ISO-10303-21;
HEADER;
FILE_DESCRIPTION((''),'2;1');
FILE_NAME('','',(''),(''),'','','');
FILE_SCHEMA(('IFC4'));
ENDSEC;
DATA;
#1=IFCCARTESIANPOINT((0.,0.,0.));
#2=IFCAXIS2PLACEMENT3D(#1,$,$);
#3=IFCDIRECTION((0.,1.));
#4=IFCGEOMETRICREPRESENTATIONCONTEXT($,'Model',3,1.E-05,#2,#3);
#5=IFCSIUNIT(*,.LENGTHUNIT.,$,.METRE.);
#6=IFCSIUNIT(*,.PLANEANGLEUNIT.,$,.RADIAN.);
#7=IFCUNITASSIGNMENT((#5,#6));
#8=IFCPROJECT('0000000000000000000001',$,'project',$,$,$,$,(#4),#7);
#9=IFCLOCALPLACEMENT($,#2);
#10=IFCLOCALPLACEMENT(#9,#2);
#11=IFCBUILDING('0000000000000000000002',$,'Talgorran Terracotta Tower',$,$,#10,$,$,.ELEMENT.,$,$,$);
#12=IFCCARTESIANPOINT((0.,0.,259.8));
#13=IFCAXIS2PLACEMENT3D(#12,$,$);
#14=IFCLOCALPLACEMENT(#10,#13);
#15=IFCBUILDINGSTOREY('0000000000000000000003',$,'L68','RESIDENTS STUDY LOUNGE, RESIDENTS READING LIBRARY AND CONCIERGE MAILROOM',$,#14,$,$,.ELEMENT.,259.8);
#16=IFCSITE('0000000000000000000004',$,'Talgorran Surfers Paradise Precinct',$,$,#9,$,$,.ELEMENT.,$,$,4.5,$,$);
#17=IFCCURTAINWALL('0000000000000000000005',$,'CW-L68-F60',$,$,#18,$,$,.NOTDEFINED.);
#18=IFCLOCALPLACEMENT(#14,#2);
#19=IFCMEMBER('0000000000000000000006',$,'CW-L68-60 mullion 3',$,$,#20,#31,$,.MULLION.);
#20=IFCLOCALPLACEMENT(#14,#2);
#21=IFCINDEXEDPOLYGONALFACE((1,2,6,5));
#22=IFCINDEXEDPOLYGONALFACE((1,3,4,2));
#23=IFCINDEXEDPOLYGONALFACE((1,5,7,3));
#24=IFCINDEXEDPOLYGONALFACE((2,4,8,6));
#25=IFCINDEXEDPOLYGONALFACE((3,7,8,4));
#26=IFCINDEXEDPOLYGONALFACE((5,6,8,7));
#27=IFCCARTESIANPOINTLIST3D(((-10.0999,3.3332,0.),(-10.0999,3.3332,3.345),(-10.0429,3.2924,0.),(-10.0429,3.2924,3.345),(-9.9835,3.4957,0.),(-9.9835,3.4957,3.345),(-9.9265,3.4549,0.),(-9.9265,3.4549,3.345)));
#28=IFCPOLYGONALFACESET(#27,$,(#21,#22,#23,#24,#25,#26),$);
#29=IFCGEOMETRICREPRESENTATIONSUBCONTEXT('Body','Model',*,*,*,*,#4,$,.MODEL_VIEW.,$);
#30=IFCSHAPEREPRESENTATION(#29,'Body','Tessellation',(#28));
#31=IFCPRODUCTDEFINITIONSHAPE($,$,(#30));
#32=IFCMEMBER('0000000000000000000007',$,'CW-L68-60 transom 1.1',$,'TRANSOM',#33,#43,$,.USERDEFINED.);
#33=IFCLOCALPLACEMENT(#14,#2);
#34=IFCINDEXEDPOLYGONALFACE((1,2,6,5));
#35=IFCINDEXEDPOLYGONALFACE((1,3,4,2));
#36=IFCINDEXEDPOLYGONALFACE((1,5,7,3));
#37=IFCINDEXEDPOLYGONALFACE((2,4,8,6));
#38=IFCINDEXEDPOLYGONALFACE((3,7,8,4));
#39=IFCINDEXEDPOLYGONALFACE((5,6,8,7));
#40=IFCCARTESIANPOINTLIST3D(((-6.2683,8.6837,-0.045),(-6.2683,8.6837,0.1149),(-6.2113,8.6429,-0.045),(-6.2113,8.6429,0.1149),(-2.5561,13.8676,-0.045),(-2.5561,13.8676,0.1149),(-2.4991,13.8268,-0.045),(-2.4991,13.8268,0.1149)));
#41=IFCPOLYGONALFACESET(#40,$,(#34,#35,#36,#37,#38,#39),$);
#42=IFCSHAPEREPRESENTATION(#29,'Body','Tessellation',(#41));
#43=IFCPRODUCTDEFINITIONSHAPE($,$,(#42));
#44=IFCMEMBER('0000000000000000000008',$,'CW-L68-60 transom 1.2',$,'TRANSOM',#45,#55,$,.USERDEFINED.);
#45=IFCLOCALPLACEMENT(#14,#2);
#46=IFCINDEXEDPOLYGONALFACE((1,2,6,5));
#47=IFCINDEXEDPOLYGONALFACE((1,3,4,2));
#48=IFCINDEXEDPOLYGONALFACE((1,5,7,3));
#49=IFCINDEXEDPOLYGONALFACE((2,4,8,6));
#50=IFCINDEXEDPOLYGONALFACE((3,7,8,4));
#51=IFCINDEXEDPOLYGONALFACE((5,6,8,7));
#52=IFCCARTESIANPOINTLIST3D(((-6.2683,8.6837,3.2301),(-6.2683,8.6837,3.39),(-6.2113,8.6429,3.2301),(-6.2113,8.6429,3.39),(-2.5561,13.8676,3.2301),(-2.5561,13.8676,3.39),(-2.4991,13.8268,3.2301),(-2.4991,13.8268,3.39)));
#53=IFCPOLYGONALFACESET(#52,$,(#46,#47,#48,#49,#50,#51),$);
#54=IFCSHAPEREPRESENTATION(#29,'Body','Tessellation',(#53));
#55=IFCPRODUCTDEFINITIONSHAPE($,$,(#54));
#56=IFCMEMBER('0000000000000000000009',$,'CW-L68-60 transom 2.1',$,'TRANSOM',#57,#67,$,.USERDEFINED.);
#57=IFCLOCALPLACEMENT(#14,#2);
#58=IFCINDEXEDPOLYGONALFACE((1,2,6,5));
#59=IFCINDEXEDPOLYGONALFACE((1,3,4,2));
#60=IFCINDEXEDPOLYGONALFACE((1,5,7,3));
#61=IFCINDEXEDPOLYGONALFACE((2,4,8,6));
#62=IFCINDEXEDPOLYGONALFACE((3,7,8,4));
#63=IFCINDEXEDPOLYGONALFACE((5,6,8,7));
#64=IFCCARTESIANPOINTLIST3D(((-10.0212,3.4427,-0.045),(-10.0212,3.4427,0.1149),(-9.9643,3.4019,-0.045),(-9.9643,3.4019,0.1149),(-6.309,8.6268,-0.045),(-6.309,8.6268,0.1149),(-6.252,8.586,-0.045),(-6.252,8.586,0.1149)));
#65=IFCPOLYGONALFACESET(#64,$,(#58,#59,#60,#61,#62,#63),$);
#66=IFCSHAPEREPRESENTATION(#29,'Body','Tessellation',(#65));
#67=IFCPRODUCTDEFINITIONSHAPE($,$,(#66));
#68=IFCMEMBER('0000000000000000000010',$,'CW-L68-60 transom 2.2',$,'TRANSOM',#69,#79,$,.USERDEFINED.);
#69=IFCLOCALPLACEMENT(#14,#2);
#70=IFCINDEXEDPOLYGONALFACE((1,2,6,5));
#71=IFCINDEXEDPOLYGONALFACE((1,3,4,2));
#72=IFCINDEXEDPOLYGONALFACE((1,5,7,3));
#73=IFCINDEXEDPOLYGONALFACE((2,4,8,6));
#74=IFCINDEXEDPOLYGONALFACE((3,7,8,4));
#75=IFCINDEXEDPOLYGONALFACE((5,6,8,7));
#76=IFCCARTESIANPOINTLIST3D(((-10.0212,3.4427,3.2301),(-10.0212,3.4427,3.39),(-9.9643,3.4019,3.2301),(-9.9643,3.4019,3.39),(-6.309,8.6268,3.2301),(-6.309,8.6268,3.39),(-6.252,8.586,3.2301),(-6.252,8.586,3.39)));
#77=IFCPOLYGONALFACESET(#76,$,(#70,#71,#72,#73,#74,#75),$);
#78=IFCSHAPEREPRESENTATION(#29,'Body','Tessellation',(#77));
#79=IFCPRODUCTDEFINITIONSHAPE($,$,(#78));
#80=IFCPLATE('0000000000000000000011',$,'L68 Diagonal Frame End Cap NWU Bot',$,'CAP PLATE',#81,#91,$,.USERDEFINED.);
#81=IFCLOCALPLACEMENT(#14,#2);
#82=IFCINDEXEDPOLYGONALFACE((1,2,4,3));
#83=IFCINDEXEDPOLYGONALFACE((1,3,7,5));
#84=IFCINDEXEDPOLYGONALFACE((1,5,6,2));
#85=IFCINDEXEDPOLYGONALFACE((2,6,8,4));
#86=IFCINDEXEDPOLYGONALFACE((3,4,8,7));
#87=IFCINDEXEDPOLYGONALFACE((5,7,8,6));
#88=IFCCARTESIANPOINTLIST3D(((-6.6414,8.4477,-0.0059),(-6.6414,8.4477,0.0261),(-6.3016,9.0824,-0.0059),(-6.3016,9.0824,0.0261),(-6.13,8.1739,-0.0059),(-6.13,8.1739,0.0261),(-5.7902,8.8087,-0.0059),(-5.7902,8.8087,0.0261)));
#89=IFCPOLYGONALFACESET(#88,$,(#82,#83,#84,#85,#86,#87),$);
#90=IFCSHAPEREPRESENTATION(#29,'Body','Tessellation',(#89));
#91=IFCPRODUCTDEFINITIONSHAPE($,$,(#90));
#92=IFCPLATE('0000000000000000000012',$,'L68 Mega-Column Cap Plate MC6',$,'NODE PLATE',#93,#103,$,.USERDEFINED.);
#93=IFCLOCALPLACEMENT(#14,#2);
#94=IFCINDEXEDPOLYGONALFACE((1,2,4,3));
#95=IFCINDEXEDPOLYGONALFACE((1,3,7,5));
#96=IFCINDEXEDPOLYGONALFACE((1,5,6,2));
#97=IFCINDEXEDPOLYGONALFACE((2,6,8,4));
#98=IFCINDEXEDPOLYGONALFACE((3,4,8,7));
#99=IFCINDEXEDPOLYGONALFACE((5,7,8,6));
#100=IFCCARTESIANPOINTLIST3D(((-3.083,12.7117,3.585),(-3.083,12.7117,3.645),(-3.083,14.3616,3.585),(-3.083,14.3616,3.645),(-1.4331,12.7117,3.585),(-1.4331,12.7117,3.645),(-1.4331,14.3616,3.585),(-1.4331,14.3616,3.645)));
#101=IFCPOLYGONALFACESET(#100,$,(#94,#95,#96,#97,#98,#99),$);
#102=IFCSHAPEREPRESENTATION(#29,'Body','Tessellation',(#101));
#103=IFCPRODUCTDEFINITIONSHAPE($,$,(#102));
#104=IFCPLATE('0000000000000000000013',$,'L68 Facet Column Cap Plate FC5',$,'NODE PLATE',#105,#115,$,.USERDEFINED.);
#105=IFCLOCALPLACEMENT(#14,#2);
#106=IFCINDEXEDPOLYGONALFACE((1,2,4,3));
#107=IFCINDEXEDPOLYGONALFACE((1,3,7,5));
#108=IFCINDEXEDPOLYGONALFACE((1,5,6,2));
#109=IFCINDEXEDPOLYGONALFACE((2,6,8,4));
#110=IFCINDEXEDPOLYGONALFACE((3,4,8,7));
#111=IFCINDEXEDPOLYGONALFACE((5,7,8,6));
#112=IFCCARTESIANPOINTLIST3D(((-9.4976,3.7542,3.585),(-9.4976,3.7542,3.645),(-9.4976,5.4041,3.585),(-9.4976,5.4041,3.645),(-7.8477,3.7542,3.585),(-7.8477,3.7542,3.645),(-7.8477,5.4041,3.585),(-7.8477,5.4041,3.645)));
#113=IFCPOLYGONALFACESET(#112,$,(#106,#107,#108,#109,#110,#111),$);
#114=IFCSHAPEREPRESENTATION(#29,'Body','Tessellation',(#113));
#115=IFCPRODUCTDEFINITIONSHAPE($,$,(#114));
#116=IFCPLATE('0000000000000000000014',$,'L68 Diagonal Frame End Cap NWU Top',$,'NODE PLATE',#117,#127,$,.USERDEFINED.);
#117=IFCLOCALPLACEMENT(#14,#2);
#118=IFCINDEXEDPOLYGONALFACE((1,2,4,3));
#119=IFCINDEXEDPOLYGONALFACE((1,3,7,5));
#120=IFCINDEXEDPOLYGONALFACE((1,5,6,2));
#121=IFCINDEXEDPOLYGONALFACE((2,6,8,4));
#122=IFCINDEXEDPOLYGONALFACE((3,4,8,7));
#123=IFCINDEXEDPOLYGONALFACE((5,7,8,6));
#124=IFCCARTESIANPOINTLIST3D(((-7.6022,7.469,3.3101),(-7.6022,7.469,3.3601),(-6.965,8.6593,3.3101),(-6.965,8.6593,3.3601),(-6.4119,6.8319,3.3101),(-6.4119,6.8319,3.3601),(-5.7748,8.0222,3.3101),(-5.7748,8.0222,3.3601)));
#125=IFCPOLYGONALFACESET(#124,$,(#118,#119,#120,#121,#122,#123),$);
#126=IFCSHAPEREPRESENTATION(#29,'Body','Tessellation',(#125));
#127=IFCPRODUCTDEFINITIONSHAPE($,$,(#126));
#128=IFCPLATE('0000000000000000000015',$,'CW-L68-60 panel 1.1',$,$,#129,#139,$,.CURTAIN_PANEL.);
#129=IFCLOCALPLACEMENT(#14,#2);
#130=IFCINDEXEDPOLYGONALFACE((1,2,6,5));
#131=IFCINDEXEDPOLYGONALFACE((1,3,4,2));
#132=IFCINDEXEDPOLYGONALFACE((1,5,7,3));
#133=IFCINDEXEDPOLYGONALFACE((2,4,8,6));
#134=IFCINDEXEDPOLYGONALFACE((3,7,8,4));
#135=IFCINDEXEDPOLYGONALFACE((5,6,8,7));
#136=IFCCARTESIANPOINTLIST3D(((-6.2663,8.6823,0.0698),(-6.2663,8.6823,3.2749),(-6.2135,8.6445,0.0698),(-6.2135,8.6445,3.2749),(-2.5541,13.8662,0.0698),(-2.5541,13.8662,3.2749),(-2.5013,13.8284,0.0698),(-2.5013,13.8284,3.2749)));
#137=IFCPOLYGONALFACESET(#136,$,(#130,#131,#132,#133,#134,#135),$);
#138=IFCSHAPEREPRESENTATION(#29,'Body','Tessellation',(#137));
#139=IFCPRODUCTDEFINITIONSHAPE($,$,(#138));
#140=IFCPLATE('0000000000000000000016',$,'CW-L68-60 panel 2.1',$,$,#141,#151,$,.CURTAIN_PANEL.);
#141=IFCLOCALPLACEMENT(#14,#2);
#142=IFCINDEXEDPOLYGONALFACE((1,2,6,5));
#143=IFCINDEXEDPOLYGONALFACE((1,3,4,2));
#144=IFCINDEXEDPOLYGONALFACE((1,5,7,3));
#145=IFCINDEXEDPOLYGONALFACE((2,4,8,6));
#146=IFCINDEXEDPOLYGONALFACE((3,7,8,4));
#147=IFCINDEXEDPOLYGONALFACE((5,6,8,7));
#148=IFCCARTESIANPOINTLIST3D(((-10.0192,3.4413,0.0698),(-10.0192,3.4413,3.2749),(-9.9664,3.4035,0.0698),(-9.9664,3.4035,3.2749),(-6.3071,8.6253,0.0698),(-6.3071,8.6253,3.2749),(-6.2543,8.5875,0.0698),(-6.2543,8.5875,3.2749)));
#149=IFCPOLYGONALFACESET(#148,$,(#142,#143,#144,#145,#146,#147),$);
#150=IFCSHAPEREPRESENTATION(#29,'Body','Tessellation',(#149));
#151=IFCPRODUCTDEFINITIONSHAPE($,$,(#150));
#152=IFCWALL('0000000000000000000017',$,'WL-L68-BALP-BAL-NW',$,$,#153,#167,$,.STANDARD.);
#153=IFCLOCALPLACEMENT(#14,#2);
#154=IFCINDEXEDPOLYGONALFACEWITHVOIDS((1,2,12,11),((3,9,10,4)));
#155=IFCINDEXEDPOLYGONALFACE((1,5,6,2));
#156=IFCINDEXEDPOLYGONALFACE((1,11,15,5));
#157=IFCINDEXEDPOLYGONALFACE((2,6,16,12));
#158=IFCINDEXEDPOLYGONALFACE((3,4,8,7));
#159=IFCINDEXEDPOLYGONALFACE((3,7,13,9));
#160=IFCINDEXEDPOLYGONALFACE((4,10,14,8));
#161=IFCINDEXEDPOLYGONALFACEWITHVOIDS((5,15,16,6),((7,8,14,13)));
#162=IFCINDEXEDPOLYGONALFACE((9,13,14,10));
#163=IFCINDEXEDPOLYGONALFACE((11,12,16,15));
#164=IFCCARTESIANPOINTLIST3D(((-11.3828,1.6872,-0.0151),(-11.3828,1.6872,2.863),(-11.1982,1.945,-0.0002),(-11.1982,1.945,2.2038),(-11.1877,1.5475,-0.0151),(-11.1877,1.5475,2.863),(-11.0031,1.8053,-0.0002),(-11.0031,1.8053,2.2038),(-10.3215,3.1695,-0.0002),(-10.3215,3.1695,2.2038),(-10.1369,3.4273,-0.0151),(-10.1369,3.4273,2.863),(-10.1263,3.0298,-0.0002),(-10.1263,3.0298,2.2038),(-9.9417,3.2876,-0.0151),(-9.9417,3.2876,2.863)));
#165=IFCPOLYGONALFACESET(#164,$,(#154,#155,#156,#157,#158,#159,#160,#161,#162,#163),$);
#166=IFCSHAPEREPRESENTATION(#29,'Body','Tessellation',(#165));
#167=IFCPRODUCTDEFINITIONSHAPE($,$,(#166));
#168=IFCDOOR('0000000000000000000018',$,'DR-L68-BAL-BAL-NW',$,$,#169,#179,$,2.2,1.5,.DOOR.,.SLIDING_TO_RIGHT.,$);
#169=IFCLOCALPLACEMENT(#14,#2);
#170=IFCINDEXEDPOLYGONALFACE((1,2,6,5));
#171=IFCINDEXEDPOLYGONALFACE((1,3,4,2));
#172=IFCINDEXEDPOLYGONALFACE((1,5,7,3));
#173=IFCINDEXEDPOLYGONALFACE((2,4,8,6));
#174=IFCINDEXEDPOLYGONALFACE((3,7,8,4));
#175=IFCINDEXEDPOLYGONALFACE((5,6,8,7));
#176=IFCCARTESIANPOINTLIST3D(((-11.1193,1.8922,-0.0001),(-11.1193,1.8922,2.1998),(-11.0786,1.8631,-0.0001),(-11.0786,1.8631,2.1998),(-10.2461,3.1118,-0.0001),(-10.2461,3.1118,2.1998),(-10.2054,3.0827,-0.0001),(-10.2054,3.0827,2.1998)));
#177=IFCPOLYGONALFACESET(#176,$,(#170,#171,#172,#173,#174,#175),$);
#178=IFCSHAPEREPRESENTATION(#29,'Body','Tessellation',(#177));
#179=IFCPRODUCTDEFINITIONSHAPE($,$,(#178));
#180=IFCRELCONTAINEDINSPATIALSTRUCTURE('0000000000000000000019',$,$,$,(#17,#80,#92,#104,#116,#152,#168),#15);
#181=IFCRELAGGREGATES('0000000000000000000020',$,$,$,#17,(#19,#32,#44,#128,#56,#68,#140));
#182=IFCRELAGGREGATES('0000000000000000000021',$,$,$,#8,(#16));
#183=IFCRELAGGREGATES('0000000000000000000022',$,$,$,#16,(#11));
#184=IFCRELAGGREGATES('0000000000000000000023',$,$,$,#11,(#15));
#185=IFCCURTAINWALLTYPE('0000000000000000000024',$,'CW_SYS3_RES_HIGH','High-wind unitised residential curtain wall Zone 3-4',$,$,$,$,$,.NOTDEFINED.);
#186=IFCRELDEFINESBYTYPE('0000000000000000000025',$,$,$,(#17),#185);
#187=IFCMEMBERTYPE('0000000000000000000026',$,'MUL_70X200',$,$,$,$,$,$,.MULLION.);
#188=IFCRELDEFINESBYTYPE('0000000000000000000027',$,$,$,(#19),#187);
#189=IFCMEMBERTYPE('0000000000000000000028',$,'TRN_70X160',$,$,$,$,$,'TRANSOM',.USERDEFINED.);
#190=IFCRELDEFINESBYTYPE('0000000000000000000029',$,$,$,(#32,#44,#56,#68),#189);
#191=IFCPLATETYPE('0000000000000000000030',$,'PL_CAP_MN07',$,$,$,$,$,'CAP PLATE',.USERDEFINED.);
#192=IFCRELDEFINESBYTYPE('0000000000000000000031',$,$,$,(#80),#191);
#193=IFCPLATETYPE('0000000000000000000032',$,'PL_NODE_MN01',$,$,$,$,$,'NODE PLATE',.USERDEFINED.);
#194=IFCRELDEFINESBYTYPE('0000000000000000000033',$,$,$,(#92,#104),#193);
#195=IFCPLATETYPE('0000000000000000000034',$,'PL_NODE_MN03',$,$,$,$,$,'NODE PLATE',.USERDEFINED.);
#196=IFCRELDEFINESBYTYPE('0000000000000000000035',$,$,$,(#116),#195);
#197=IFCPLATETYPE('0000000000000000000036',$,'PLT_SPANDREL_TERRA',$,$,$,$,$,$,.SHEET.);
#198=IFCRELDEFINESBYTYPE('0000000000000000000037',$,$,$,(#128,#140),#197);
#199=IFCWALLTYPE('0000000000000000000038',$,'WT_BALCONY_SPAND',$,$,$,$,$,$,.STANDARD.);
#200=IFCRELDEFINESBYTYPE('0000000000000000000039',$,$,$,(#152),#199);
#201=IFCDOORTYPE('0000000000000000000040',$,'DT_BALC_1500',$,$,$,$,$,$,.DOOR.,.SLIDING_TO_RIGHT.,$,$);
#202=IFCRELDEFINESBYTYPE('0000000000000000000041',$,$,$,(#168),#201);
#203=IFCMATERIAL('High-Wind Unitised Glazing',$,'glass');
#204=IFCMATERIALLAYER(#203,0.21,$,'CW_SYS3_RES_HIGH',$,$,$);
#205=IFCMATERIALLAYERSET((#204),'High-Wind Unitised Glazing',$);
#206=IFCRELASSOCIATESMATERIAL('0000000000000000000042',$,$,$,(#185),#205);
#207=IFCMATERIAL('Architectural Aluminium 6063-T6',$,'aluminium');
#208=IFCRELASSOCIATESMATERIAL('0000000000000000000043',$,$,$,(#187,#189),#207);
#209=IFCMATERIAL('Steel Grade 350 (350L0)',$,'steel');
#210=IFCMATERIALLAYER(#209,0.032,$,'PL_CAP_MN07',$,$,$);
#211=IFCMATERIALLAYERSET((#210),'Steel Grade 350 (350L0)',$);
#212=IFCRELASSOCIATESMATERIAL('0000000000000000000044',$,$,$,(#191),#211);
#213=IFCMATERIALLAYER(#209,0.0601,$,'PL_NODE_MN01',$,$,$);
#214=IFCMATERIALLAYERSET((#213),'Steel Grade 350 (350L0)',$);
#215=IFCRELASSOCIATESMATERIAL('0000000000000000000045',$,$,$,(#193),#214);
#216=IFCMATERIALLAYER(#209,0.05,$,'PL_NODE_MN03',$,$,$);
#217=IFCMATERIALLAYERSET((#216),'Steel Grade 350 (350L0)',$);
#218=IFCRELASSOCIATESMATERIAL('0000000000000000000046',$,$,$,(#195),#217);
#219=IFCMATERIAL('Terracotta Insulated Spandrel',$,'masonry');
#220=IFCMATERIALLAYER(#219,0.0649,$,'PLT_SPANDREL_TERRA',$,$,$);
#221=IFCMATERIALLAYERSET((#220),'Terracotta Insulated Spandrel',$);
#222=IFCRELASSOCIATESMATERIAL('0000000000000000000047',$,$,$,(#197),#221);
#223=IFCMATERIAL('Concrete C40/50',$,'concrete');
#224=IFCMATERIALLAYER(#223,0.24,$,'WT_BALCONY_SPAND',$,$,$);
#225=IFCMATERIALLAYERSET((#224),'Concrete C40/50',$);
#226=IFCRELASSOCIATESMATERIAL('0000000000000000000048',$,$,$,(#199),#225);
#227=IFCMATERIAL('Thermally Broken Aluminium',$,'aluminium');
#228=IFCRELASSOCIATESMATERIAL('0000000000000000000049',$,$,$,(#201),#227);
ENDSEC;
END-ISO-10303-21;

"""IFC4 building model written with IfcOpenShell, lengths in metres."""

from ifc_helpers import new_model, si_unit, direction, frame, frame_2d, origin, origin_2d, place, context, subcontext, project, spatial, rectangle, extrude, source, transform, mapped, material, layer, layer_set, material_profile, profile_set, type_object, type_shapes, element, fill, aggregate, save


model = new_model("IFC4")

# Units and contexts
model_context = context("Model", 3, precision=1e-05, world=origin(), true_north=direction((0.0, 1.0)))
body_context = subcontext(model_context, "Body", "Model", "MODEL_VIEW")
ifc_project = project(units=[si_unit("LENGTHUNIT", "METRE"), si_unit("PLANEANGLEUNIT", "RADIAN")], contexts=[model_context])

# Site, building, storey
site_placement = place(None, origin())
site = spatial("IfcSite", under=ifc_project, at=site_placement, Name="Talgorran Surfers Paradise Precinct", CompositionType="ELEMENT", RefElevation=4.5)
building_placement = place(site_placement, origin())
building = spatial("IfcBuilding", under=site, at=building_placement, Name="Talgorran Terracotta Tower", CompositionType="ELEMENT")
storey_placement = place(building_placement, frame((0.0, 0.0, 259.8)))
storey = spatial("IfcBuildingStorey", under=building, at=storey_placement, Name="L68", Description="RESIDENTS STUDY LOUNGE, RESIDENTS READING LIBRARY AND CONCIERGE MAILROOM", CompositionType="ELEMENT", Elevation=259.8)

# Shared definitions
ifc_material_1 = material(Name="Steel Grade 350 (350L0)", Category="steel")

# Shared definitions
ifc_material_2 = material(Name="High-Wind Unitised Glazing", Category="glass")
ifc_layer_1 = layer(ifc_material_2, 0.21, Name="CW_SYS3_RES_HIGH")
ifc_layer_set_1 = layer_set([ifc_layer_1], Name="High-Wind Unitised Glazing")
curtain_wall_type = type_object("IfcCurtainWallType", Name="CW_SYS3_RES_HIGH", Description="High-wind unitised residential curtain wall Zone 3-4", PredefinedType="NOTDEFINED", material=ifc_layer_set_1)
ifc_material_3 = material(Name="Architectural Aluminium 6063-T6", Category="aluminium")
ifc_material_profile_1 = material_profile(ifc_material_3, rectangle(XDim=0.0701, YDim=0.2, at=origin_2d()), Name="CWM70X200")
ifc_profile_set_1 = profile_set([ifc_material_profile_1], Name="Architectural Aluminium 6063-T6")
member_type_1 = type_object("IfcMemberType", Name="MUL_70X200", PredefinedType="MULLION", material=ifc_profile_set_1)

# Curtain wall, members
curtain_wall_1_placement = place(storey_placement, origin())
curtain_wall_1 = element("IfcCurtainWall", 1, at=curtain_wall_1_placement, inside=storey, type_object=curtain_wall_type, Name="CW-L68-F60", PredefinedType="NOTDEFINED")
member_1_placement = place(storey_placement, frame((-10.0132, 3.394, 0.0), z_axis=(0.0, 0.0, 1.0), x_axis=(0.813041, -0.582206, 0.0)))
member_1 = element("IfcMember", 2, at=member_1_placement, type_object=member_type_1, Name="CW-L68-60 mullion 3", PredefinedType="MULLION", context=body_context, shape_type="SweptSolid", body=[
    extrude(rectangle(XDim=0.0701, YDim=0.2, at=origin_2d()), origin(), (0.0, 0.0, 1.0), 3.345),
])
ifc_material_profile_2 = material_profile(ifc_material_3, rectangle(XDim=0.0701, YDim=0.1599, at=origin_2d()), Name="CWT70X160")
ifc_profile_set_2 = profile_set([ifc_material_profile_2], Name="Architectural Aluminium 6063-T6")
member_type_2 = type_object("IfcMemberType", Name="TRN_70X160", ElementType="TRANSOM", PredefinedType="USERDEFINED", material=ifc_profile_set_2)
member_2_placement = place(storey_placement, frame((-2.5276, 13.8472, 0.0349), z_axis=(-0.582216, -0.813034, 0.0), x_axis=(0.813034, -0.582216, 0.0)))
member_2 = element("IfcMember", 3, at=member_2_placement, type_object=member_type_2, Name="CW-L68-60 transom 1.1", ObjectType="TRANSOM", PredefinedType="USERDEFINED", context=body_context, shape_type="SweptSolid", body=[
    extrude(rectangle(XDim=0.0701, YDim=0.1599, at=origin_2d()), origin(), (0.0, 0.0, 1.0), 6.376),
])
member_3_placement = place(storey_placement, frame((-2.5276, 13.8472, 3.3101), z_axis=(-0.582216, -0.813034, 0.0), x_axis=(0.813034, -0.582216, 0.0)))
member_3 = element("IfcMember", 4, at=member_3_placement, type_object=member_type_2, Name="CW-L68-60 transom 1.2", ObjectType="TRANSOM", PredefinedType="USERDEFINED", context=body_context, shape_type="SweptSolid", body=[
    extrude(rectangle(XDim=0.0701, YDim=0.1599, at=origin_2d()), origin(), (0.0, 0.0, 1.0), 6.376),
])
member_4_placement = place(storey_placement, frame((-6.2805, 8.6064, 0.0349), z_axis=(-0.582198, -0.813047, 0.0), x_axis=(0.813047, -0.582198, 0.0)))
member_4 = element("IfcMember", 5, at=member_4_placement, type_object=member_type_2, Name="CW-L68-60 transom 2.1", ObjectType="TRANSOM", PredefinedType="USERDEFINED", context=body_context, shape_type="SweptSolid", body=[
    extrude(rectangle(XDim=0.0701, YDim=0.1599, at=origin_2d()), origin(), (0.0, 0.0, 1.0), 6.3762),
])
member_5_placement = place(storey_placement, frame((-6.2805, 8.6064, 3.3101), z_axis=(-0.582198, -0.813047, 0.0), x_axis=(0.813047, -0.582198, 0.0)))
member_5 = element("IfcMember", 6, at=member_5_placement, type_object=member_type_2, Name="CW-L68-60 transom 2.2", ObjectType="TRANSOM", PredefinedType="USERDEFINED", context=body_context, shape_type="SweptSolid", body=[
    extrude(rectangle(XDim=0.0701, YDim=0.1599, at=origin_2d()), origin(), (0.0, 0.0, 1.0), 6.3762),
])

# Plates
ifc_layer_2 = layer(ifc_material_1, 0.032, Name="PL_CAP_MN07")
ifc_layer_set_2 = layer_set([ifc_layer_2], Name="Steel Grade 350 (350L0)")
plate_type_1 = type_object("IfcPlateType", Name="PL_CAP_MN07", ElementType="CAP PLATE", PredefinedType="USERDEFINED", material=ifc_layer_set_2)
plate_1_placement = place(storey_placement, frame((-6.2158, 8.6282, -0.0059), z_axis=(0.0, 0.0, 1.0), x_axis=(-0.471935, -0.881633, 0.0)))
element("IfcPlate", 7, at=plate_1_placement, inside=storey, type_object=plate_type_1, Name="L68 Diagonal Frame End Cap NWU Bot", ObjectType="CAP PLATE", PredefinedType="USERDEFINED", context=body_context, shape_type="SweptSolid", body=[
    extrude(rectangle(XDim=0.72, YDim=0.5801, at=origin_2d()), origin(), (0.0, 0.0, 1.0), 0.032),
])
ifc_layer_3 = layer(ifc_material_1, 0.0601, Name="PL_NODE_MN01")
ifc_layer_set_3 = layer_set([ifc_layer_3], Name="Steel Grade 350 (350L0)")
plate_type_2 = type_object("IfcPlateType", Name="PL_NODE_MN01", ElementType="NODE PLATE", PredefinedType="USERDEFINED", material=ifc_layer_set_3)
for number, where, z_axis, x_axis, name in (
    (8, (-2.2581, 13.5366, 3.585), (0.0, 0.0, 1.0), (1.0, 0.0, 0.0), "L68 Mega-Column Cap Plate MC6"),
    (9, (-8.6726, 4.5791, 3.585), (0.0, 0.0, 1.0), (1.0, 0.0, 0.0), "L68 Facet Column Cap Plate FC5"),
):
    element("IfcPlate", number, at=place(storey_placement, frame(where, z_axis=z_axis, x_axis=x_axis)), inside=storey, type_object=plate_type_2, Name=name, ObjectType="NODE PLATE", PredefinedType="USERDEFINED", context=body_context, shape_type="SweptSolid", body=[
        extrude(rectangle(XDim=1.6499, YDim=1.6499, at=origin_2d()), origin(), (0.0, 0.0, 1.0), 0.0601),
    ])
ifc_layer_4 = layer(ifc_material_1, 0.05, Name="PL_NODE_MN03")
ifc_layer_set_4 = layer_set([ifc_layer_4], Name="Steel Grade 350 (350L0)")
plate_type_3 = type_object("IfcPlateType", Name="PL_NODE_MN03", ElementType="NODE PLATE", PredefinedType="USERDEFINED", material=ifc_layer_set_4)
plate_2_placement = place(storey_placement, frame((-6.6885, 7.7456, 3.3101), z_axis=(0.0, 0.0, 1.0), x_axis=(-0.471935, -0.881633, 0.0)))
element("IfcPlate", 10, at=plate_2_placement, inside=storey, type_object=plate_type_3, Name="L68 Diagonal Frame End Cap NWU Top", ObjectType="NODE PLATE", PredefinedType="USERDEFINED", context=body_context, shape_type="SweptSolid", body=[
    extrude(rectangle(XDim=1.3501, YDim=1.3501, at=origin_2d()), origin(), (0.0, 0.0, 1.0), 0.05),
])

# Plates
ifc_material_4 = material(Name="Terracotta Insulated Spandrel", Category="masonry")
ifc_layer_5 = layer(ifc_material_4, 0.0649, Name="PLT_SPANDREL_TERRA")
ifc_layer_set_5 = layer_set([ifc_layer_5], Name="Terracotta Insulated Spandrel")
plate_type_4 = type_object("IfcPlateType", Name="PLT_SPANDREL_TERRA", PredefinedType="SHEET", material=ifc_layer_set_5)
shared_shape = source(origin(), body_context, "Body", "SweptSolid", [
    extrude(rectangle(XDim=6.376, YDim=0.0649, at=origin_2d()), origin(), (0.0, 0.0, 1.0), 3.2051),
])
type_shapes(plate_type_4, [shared_shape])
plate_3_placement = place(storey_placement, frame((-4.3838, 11.2554, 0.0698), z_axis=(0.0, 0.0, 1.0), x_axis=(-0.582206, -0.813041, 0.0)))
plate_3 = element("IfcPlate", 11, at=plate_3_placement, type_object=plate_type_4, Name="CW-L68-60 panel 1.1", PredefinedType="CURTAIN_PANEL", context=body_context, shape_type="MappedRepresentation", body=[
    mapped(shared_shape, transform((0.0, 0.0, 0.0), scale=1.0)),
])
plate_4_placement = place(storey_placement, frame((-8.1367, 6.0144, 0.0698), z_axis=(0.0, 0.0, 1.0), x_axis=(-0.582206, -0.813041, 0.0)))
plate_4 = element("IfcPlate", 12, at=plate_4_placement, type_object=plate_type_4, Name="CW-L68-60 panel 2.1", PredefinedType="CURTAIN_PANEL", context=body_context, shape_type="MappedRepresentation", body=[
    mapped(shared_shape, transform((0.0, 0.0, 0.0), scale=1.0)),
])
aggregate(curtain_wall_1, [member_1, member_2, member_3, plate_3, member_4, member_5, plate_4])

# Wall, opening, door
ifc_material_5 = material(Name="Concrete C40/50", Category="concrete")
ifc_layer_6 = layer(ifc_material_5, 0.24, Name="WT_BALCONY_SPAND")
ifc_layer_set_6 = layer_set([ifc_layer_6], Name="Concrete C40/50")
wall_type_1 = type_object("IfcWallType", Name="WT_BALCONY_SPAND", PredefinedType="STANDARD", material=ifc_layer_set_6)
wall_1_placement = place(storey_placement, frame((-10.0393, 3.3574, -0.0151), z_axis=(0.0, 0.0, 1.0), x_axis=(-0.582166, -0.81307, 0.0)))
wall_1 = element("IfcWall", 13, at=wall_1_placement, inside=storey, type_object=wall_type_1, Name="WL-L68-BALP-BAL-NW", PredefinedType="STANDARD", context=body_context, shape_type="SweptSolid", body=[
    extrude(rectangle(XDim=2.1401, YDim=0.24, at=frame_2d((1.0701, 0.0))), origin(), (0.0, 0.0, 1.0), 2.8782),
])
opening_placement = place(wall_1_placement, frame((0.3201, 0.0, 0.0149)))
opening = element("IfcOpeningElement", 14, at=opening_placement, cuts=wall_1, PredefinedType="OPENING", context=body_context, shape_type="SweptSolid", body=[
    extrude(rectangle(XDim=1.506, YDim=2.204, at=frame_2d((0.75, 1.1021))), frame((0.0, 0.1299, 0.0), z_axis=(0.0, -1.0, 0.0), x_axis=(1.0, 0.0, 0.0)), (0.0, 0.0, 1.0), 0.26),
])
ifc_material_6 = material(Name="Thermally Broken Aluminium", Category="aluminium")
door_type = type_object("IfcDoorType", Name="DT_BALC_1500", OperationType="SLIDING_TO_RIGHT", PredefinedType="DOOR", material=ifc_material_6)
door_placement = place(opening_placement, origin())
door = element("IfcDoor", 15, at=door_placement, inside=storey, type_object=door_type, Name="DR-L68-BAL-BAL-NW", OperationType="SLIDING_TO_RIGHT", OverallHeight=2.2, OverallWidth=1.5, PredefinedType="DOOR", context=body_context, shape_type="SweptSolid", body=[
    extrude(rectangle(XDim=1.5, YDim=2.2, at=frame_2d((0.75, 1.1001))), frame((0.0, 0.0249, 0.0), z_axis=(0.0, -1.0, 0.0), x_axis=(1.0, 0.0, 0.0)), (0.0, 0.0, 1.0), 0.05),
])
fill(opening, door)

save(model, "model.ifc")
